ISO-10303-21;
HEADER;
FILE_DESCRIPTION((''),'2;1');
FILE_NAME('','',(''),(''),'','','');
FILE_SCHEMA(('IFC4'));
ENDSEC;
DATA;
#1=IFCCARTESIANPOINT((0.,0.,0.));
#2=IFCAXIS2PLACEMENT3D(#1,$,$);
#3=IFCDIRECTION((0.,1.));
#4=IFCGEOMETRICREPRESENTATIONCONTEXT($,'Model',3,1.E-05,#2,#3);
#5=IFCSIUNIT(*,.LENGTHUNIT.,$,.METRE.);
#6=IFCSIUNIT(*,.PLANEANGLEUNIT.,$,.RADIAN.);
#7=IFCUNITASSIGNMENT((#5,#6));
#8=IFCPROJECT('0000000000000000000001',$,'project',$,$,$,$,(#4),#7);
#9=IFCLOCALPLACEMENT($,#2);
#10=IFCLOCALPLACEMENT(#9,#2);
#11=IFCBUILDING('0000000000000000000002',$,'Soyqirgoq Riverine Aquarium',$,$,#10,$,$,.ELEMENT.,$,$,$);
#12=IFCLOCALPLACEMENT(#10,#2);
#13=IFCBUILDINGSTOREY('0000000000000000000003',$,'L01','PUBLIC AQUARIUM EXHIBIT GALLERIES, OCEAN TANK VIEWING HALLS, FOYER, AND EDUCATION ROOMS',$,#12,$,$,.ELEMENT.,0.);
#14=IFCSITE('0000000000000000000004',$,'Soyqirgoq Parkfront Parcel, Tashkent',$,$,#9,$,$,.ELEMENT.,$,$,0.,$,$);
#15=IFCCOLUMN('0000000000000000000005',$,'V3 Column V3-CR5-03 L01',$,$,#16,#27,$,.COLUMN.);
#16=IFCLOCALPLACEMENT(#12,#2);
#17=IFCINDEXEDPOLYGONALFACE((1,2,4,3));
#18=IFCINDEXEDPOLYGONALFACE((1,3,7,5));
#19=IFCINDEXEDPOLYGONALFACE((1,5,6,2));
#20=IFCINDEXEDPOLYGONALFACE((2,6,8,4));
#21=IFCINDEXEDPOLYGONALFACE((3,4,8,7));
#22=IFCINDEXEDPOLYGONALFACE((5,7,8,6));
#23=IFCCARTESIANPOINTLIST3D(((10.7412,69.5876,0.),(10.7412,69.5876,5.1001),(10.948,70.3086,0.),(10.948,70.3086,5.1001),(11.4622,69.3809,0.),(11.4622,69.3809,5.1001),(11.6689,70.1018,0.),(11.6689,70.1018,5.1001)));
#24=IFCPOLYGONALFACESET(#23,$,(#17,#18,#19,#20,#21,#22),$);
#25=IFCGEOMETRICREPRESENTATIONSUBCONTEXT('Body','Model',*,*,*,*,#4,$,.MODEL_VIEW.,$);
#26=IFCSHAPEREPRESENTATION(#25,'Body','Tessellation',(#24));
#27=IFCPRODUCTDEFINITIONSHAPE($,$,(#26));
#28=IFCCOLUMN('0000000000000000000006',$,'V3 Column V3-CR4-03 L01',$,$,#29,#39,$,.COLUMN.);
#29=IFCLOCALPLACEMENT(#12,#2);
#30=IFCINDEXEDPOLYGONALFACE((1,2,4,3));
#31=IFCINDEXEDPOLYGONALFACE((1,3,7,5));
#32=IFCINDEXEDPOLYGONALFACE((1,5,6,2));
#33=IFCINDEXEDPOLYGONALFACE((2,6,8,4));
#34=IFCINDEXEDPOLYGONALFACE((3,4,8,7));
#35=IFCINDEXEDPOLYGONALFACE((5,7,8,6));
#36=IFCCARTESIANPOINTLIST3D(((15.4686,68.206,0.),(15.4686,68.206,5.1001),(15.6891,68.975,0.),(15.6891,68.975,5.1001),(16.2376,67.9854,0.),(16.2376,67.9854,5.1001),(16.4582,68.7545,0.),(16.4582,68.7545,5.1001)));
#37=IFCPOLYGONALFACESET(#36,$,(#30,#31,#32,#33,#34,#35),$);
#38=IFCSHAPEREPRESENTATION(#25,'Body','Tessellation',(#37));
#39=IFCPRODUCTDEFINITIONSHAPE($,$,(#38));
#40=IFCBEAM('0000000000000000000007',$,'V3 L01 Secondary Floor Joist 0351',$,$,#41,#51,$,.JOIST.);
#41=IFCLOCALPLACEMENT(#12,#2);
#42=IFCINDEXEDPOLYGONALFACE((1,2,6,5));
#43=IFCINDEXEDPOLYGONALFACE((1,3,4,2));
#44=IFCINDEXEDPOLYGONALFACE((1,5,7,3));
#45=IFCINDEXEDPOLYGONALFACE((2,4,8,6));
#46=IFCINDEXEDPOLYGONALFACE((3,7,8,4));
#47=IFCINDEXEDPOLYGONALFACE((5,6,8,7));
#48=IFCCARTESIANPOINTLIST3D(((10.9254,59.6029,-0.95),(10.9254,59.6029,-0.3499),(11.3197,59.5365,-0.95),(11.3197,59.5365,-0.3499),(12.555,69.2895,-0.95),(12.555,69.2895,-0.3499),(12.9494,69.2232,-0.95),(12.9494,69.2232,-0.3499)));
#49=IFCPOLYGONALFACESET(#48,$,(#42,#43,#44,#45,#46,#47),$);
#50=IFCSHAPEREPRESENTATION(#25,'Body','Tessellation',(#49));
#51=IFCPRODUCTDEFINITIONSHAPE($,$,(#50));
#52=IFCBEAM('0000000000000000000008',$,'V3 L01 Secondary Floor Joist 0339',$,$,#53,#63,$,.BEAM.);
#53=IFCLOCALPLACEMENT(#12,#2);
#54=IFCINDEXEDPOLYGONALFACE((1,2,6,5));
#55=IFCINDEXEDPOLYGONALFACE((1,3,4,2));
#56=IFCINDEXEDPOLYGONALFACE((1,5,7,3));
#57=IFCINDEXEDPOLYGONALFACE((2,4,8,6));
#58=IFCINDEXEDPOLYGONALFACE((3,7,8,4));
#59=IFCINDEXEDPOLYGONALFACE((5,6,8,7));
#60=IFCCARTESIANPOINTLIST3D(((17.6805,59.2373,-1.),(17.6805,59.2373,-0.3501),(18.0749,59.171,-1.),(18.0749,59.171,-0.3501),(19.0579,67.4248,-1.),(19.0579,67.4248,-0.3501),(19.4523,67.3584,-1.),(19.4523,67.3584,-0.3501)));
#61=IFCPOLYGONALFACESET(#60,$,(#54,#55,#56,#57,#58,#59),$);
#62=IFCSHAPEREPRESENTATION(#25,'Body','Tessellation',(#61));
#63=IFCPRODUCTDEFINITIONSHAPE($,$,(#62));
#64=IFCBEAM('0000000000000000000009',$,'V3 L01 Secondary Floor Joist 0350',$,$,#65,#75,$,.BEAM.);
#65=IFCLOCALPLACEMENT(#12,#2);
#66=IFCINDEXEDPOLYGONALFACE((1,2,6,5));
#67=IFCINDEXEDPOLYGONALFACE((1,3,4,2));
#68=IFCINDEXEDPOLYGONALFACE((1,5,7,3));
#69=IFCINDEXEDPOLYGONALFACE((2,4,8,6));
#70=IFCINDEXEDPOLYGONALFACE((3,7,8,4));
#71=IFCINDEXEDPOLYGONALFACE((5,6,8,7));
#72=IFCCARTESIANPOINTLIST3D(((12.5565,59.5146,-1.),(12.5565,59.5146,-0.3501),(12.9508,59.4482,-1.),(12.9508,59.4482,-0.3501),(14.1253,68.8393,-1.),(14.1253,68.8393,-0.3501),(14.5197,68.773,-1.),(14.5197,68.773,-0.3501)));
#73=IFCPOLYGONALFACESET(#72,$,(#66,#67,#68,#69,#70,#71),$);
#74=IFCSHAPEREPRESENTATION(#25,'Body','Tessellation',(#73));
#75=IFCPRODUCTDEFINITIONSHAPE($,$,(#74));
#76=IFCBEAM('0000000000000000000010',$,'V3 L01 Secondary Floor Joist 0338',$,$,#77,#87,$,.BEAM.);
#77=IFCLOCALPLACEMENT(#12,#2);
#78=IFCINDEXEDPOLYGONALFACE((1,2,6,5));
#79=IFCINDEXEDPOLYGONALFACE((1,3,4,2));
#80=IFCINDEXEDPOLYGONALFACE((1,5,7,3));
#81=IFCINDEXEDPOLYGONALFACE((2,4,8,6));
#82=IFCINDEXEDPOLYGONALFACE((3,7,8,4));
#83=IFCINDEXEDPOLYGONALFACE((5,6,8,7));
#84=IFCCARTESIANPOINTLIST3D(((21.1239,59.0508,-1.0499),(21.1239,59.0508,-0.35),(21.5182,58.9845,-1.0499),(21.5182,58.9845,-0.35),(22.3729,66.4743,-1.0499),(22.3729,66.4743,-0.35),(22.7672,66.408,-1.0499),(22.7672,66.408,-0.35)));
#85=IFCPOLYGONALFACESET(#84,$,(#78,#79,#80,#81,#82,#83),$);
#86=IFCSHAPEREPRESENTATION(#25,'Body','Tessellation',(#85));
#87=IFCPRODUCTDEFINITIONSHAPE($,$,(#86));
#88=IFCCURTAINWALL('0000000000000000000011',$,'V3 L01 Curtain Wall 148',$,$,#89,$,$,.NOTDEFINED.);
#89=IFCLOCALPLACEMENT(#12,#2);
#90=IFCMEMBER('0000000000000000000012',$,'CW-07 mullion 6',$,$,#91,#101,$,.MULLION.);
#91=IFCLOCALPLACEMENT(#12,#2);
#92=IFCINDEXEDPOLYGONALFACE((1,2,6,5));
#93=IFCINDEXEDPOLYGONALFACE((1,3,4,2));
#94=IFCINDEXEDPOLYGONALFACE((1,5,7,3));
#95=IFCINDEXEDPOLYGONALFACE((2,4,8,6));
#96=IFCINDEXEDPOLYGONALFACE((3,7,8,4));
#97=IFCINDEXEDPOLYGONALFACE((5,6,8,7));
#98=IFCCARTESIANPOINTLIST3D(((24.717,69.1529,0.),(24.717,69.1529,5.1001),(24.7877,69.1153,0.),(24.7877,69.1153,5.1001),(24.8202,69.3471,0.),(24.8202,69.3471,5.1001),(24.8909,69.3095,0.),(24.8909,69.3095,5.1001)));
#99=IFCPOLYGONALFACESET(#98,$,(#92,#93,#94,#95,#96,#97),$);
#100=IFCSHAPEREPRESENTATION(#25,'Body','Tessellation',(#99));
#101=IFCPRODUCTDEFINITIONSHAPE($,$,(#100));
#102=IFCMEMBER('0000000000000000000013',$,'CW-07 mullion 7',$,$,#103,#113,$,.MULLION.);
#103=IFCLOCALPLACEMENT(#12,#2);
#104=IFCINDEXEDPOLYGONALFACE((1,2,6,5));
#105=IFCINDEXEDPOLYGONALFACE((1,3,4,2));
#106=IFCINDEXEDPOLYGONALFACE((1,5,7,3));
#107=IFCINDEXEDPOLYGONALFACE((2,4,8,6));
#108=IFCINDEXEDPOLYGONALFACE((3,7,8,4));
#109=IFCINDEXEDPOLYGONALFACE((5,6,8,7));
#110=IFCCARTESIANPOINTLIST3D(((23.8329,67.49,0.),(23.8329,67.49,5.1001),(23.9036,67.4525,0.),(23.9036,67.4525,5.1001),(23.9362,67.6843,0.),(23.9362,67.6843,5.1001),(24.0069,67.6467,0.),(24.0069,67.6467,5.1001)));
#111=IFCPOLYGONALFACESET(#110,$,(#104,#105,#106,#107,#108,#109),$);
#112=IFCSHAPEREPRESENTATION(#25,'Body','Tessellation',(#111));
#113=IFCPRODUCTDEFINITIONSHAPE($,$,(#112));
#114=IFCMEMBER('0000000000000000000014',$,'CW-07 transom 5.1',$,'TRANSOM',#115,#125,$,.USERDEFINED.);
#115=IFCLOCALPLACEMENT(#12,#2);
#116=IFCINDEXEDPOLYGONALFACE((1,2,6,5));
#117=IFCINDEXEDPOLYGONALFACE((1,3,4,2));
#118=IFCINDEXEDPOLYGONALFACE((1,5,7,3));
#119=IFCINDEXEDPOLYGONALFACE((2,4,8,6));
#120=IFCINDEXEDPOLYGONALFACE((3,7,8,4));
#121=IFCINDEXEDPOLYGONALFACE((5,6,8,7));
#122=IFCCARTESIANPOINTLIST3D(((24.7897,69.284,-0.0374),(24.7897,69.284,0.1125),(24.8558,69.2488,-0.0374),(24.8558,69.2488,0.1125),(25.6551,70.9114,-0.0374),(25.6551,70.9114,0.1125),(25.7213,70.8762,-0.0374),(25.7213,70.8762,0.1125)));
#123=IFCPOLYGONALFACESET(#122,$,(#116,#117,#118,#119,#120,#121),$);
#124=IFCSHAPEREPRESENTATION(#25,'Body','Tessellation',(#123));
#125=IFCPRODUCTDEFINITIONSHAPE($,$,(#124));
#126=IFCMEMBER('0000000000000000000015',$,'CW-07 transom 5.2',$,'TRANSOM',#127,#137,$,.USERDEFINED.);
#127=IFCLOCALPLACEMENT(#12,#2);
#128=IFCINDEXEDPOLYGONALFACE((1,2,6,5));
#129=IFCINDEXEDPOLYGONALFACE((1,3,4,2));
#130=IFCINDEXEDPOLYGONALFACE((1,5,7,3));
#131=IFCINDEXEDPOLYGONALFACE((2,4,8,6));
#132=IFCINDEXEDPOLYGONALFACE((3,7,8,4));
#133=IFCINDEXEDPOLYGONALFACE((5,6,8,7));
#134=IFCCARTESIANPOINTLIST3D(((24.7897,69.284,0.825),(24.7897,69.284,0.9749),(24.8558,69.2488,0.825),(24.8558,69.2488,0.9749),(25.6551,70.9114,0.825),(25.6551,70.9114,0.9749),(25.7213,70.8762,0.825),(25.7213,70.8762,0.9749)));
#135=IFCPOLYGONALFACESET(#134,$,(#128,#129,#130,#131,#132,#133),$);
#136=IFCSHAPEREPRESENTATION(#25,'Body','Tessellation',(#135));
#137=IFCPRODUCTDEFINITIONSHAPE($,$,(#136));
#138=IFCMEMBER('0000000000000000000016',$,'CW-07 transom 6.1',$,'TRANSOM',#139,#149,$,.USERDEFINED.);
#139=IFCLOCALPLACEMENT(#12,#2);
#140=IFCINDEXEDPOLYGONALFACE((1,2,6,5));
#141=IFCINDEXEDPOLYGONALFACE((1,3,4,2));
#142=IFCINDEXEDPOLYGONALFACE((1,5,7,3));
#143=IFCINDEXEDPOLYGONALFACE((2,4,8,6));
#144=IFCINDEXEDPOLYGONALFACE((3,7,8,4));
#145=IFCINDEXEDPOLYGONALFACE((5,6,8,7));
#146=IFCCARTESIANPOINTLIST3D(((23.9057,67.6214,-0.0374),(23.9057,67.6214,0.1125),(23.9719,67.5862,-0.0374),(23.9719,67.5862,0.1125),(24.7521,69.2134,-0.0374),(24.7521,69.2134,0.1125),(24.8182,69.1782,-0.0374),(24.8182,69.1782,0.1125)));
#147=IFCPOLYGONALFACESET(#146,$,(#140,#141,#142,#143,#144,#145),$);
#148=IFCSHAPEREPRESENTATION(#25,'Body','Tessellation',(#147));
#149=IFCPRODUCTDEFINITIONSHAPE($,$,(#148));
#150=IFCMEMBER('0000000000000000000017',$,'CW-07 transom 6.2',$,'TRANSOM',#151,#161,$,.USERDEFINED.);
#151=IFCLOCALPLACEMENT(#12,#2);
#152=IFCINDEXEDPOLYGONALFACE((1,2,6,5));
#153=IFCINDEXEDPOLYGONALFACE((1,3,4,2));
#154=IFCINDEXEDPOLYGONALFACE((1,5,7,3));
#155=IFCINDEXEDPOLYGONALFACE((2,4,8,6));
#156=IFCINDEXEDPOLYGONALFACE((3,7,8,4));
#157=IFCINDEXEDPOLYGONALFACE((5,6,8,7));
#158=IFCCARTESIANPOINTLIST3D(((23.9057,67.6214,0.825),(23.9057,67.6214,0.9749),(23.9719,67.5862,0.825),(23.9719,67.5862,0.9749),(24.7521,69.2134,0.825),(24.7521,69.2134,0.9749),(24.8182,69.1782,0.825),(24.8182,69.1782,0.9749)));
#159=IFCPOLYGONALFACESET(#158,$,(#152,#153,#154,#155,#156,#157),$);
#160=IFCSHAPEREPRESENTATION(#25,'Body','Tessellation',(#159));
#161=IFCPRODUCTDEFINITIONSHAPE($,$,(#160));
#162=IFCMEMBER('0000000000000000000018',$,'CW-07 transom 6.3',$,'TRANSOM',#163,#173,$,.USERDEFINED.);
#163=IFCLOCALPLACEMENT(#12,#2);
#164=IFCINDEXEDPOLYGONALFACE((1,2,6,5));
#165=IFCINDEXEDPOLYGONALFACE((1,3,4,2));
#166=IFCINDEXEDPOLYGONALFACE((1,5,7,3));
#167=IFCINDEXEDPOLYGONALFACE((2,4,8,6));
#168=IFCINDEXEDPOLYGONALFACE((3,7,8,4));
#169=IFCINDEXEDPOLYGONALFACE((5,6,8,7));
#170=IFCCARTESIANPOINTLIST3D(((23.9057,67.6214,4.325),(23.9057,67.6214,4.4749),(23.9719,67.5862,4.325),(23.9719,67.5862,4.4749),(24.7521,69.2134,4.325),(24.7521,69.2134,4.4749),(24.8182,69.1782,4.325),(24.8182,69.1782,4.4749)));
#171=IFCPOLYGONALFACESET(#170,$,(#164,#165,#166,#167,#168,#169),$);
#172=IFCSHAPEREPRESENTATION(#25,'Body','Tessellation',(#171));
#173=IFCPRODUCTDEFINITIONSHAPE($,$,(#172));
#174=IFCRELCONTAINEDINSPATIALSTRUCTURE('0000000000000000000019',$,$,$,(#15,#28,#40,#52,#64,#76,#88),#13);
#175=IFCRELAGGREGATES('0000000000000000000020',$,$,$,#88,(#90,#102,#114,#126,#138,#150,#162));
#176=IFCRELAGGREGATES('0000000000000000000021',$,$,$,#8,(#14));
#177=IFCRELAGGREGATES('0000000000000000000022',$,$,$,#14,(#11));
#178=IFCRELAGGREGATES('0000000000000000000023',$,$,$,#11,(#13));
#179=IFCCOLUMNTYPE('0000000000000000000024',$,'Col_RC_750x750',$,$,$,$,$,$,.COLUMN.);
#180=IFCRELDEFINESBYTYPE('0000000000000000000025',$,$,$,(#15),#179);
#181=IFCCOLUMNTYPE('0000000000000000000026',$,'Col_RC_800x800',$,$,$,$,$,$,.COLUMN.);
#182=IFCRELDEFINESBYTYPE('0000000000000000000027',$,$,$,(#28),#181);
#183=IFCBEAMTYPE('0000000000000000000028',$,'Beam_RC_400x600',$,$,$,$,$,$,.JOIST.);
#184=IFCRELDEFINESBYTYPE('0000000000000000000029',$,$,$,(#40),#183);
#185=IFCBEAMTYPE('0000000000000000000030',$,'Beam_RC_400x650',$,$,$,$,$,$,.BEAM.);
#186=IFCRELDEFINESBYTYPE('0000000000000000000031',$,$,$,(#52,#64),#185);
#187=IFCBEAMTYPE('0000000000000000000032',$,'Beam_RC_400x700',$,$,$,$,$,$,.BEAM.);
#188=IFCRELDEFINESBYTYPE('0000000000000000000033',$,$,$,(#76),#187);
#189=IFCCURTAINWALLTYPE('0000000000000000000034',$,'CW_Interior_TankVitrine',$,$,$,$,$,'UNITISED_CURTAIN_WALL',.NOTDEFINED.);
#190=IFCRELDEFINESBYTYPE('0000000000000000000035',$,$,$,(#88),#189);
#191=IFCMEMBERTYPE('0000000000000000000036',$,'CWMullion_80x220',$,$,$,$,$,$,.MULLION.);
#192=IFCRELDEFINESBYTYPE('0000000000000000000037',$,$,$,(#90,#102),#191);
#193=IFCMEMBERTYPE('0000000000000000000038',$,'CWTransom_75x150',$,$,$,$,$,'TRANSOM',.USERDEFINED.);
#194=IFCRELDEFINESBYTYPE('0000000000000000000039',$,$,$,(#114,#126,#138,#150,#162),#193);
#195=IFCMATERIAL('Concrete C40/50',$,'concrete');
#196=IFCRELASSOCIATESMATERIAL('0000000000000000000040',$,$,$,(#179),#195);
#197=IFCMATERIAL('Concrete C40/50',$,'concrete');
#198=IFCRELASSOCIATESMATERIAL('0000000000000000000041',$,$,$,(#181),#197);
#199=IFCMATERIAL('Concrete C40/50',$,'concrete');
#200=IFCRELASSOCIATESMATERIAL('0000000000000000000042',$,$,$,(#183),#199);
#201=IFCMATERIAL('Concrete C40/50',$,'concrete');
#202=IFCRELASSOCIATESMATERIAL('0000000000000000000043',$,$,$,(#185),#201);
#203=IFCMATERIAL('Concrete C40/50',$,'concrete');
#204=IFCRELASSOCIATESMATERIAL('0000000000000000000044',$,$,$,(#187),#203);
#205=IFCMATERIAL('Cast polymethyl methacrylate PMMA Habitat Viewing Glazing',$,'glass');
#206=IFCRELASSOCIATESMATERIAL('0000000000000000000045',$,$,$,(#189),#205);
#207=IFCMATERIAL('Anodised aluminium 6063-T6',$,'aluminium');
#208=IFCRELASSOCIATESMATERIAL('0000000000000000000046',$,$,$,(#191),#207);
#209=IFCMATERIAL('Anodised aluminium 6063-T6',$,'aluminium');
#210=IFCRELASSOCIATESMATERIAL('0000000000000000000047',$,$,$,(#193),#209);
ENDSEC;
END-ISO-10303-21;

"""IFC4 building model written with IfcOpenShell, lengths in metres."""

from ifc_helpers import new_model, si_unit, direction, frame, origin, origin_2d, place, context, subcontext, project, spatial, rectangle, extrude, material, material_profile, profile_set, type_object, element, aggregate, save


model = new_model("IFC4")

# Units and contexts
model_context = context("Model", 3, precision=1e-05, world=origin(), true_north=direction((0.0, 1.0)))
body_context = subcontext(model_context, "Body", "Model", "MODEL_VIEW")
ifc_project = project(units=[si_unit("LENGTHUNIT", "METRE"), si_unit("PLANEANGLEUNIT", "RADIAN")], contexts=[model_context])

# Site, building, storey
site_placement = place(None, origin())
site = spatial("IfcSite", under=ifc_project, at=site_placement, Name="Soyqirgoq Parkfront Parcel, Tashkent", CompositionType="ELEMENT", RefElevation=0.0)
building_placement = place(site_placement, origin())
building = spatial("IfcBuilding", under=site, at=building_placement, Name="Soyqirgoq Riverine Aquarium", CompositionType="ELEMENT")
storey_placement = place(building_placement, origin())
storey = spatial("IfcBuildingStorey", under=building, at=storey_placement, Name="L01", Description="PUBLIC AQUARIUM EXHIBIT GALLERIES, OCEAN TANK VIEWING HALLS, FOYER, AND EDUCATION ROOMS", CompositionType="ELEMENT", Elevation=0.0)

# Columns
ifc_material_1 = material(Name="Concrete C40/50", Category="concrete")
ifc_material_profile_1 = material_profile(ifc_material_1, rectangle(XDim=0.75, YDim=0.75, at=origin_2d()), Name="RC 750x750")
ifc_profile_set_1 = profile_set([ifc_material_profile_1], Name="Concrete C40/50")
column_type_1 = type_object("IfcColumnType", Name="Col_RC_750x750", PredefinedType="COLUMN", material=ifc_profile_set_1)
column_1_placement = place(storey_placement, frame((11.2051, 69.8447, 0.0), z_axis=(0.0, 0.0, 1.0), x_axis=(-0.961262, 0.275637, 0.0)))
element("IfcColumn", 1, at=column_1_placement, inside=storey, type_object=column_type_1, Name="V3 Column V3-CR5-03 L01", PredefinedType="COLUMN", context=body_context, shape_type="SweptSolid", body=[
    extrude(rectangle(XDim=0.75, YDim=0.75, at=origin_2d()), origin(), (0.0, 0.0, 1.0), 5.1001),
])
ifc_material_2 = material(Name="Concrete C40/50", Category="concrete")
ifc_material_profile_2 = material_profile(ifc_material_2, rectangle(XDim=0.8, YDim=0.8, at=origin_2d()), Name="RC 800x800")
ifc_profile_set_2 = profile_set([ifc_material_profile_2], Name="Concrete C40/50")
column_type_2 = type_object("IfcColumnType", Name="Col_RC_800x800", PredefinedType="COLUMN", material=ifc_profile_set_2)
column_2_placement = place(storey_placement, frame((15.9634, 68.4802, 0.0), z_axis=(0.0, 0.0, 1.0), x_axis=(-0.961262, 0.275637, 0.0)))
element("IfcColumn", 2, at=column_2_placement, inside=storey, type_object=column_type_2, Name="V3 Column V3-CR4-03 L01", PredefinedType="COLUMN", context=body_context, shape_type="SweptSolid", body=[
    extrude(rectangle(XDim=0.8, YDim=0.8, at=origin_2d()), origin(), (0.0, 0.0, 1.0), 5.1001),
])

# Beams
ifc_material_3 = material(Name="Concrete C40/50", Category="concrete")
ifc_material_profile_3 = material_profile(ifc_material_3, rectangle(XDim=0.3999, YDim=0.6001, at=origin_2d()), Name="RC 400x600")
ifc_profile_set_3 = profile_set([ifc_material_profile_3], Name="Concrete C40/50")
beam_type_1 = type_object("IfcBeamType", Name="Beam_RC_400x600", PredefinedType="JOIST", material=ifc_profile_set_3)
beam_1_placement = place(storey_placement, frame((12.7522, 69.2563, -0.6499), z_axis=(-0.165906, -0.986142, 0.0), x_axis=(0.986142, -0.165906, 0.0)))
element("IfcBeam", 3, at=beam_1_placement, inside=storey, type_object=beam_type_1, Name="V3 L01 Secondary Floor Joist 0351", PredefinedType="JOIST", context=body_context, shape_type="SweptSolid", body=[
    extrude(rectangle(XDim=0.3999, YDim=0.6001, at=origin_2d()), origin(), (0.0, 0.0, 1.0), 9.8228),
])
ifc_material_4 = material(Name="Concrete C40/50", Category="concrete")
ifc_material_profile_4 = material_profile(ifc_material_4, rectangle(XDim=0.3999, YDim=0.6499, at=origin_2d()), Name="RC 400x650")
ifc_profile_set_4 = profile_set([ifc_material_profile_4], Name="Concrete C40/50")
beam_type_2 = type_object("IfcBeamType", Name="Beam_RC_400x650", PredefinedType="BEAM", material=ifc_profile_set_4)
beam_2_placement = place(storey_placement, frame((19.2551, 67.3916, -0.675), z_axis=(-0.165906, -0.986142, 0.0), x_axis=(0.986142, -0.165906, 0.0)))
element("IfcBeam", 4, at=beam_2_placement, inside=storey, type_object=beam_type_2, Name="V3 L01 Secondary Floor Joist 0339", PredefinedType="BEAM", context=body_context, shape_type="SweptSolid", body=[
    extrude(rectangle(XDim=0.3999, YDim=0.6499, at=origin_2d()), origin(), (0.0, 0.0, 1.0), 8.3025),
])
beam_3_placement = place(storey_placement, frame((14.3225, 68.8062, -0.675), z_axis=(-0.165914, -0.98614, 0.0), x_axis=(0.98614, -0.165914, 0.0)))
element("IfcBeam", 5, at=beam_3_placement, inside=storey, type_object=beam_type_2, Name="V3 L01 Secondary Floor Joist 0350", PredefinedType="BEAM", context=body_context, shape_type="SweptSolid", body=[
    extrude(rectangle(XDim=0.3999, YDim=0.6499, at=origin_2d()), origin(), (0.0, 0.0, 1.0), 9.4558),
])
ifc_material_5 = material(Name="Concrete C40/50", Category="concrete")
ifc_material_profile_5 = material_profile(ifc_material_5, rectangle(XDim=0.3999, YDim=0.7, at=origin_2d()), Name="RC 400x700")
ifc_profile_set_5 = profile_set([ifc_material_profile_5], Name="Concrete C40/50")
beam_type_3 = type_object("IfcBeamType", Name="Beam_RC_400x700", PredefinedType="BEAM", material=ifc_profile_set_5)
beam_4_placement = place(storey_placement, frame((22.5701, 66.4412, -0.7), z_axis=(-0.165919, -0.986139, 0.0), x_axis=(0.986139, -0.165919, 0.0)))
element("IfcBeam", 6, at=beam_4_placement, inside=storey, type_object=beam_type_3, Name="V3 L01 Secondary Floor Joist 0338", PredefinedType="BEAM", context=body_context, shape_type="SweptSolid", body=[
    extrude(rectangle(XDim=0.3999, YDim=0.7, at=origin_2d()), origin(), (0.0, 0.0, 1.0), 7.5278),
])

# Curtain wall, members
ifc_material_6 = material(Name="Cast polymethyl methacrylate PMMA Habitat Viewing Glazing", Category="glass")
curtain_wall_type = type_object("IfcCurtainWallType", Name="CW_Interior_TankVitrine", ElementType="UNITISED_CURTAIN_WALL", PredefinedType="NOTDEFINED", material=ifc_material_6)
curtain_wall_placement = place(storey_placement, origin())
curtain_wall = element("IfcCurtainWall", 7, at=curtain_wall_placement, inside=storey, type_object=curtain_wall_type, Name="V3 L01 Curtain Wall 148", PredefinedType="NOTDEFINED")
ifc_material_7 = material(Name="Anodised aluminium 6063-T6", Category="aluminium")
ifc_material_profile_6 = material_profile(ifc_material_7, rectangle(XDim=0.0801, YDim=0.22, at=origin_2d()), Name="ALU-M 80x220")
ifc_profile_set_6 = profile_set([ifc_material_profile_6], Name="Anodised aluminium 6063-T6")
member_type_1 = type_object("IfcMemberType", Name="CWMullion_80x220", PredefinedType="MULLION", material=ifc_profile_set_6)
member_1_placement = place(storey_placement, frame((24.804, 69.2312, 0.0), z_axis=(0.0, 0.0, 1.0), x_axis=(0.882946, -0.469475, 0.0)))
member_1 = element("IfcMember", 8, at=member_1_placement, type_object=member_type_1, Name="CW-07 mullion 6", PredefinedType="MULLION", context=body_context, shape_type="SweptSolid", body=[
    extrude(rectangle(XDim=0.0801, YDim=0.22, at=origin_2d()), origin(), (0.0, 0.0, 1.0), 5.1001),
])
member_2_placement = place(storey_placement, frame((23.9199, 67.5684, 0.0), z_axis=(0.0, 0.0, 1.0), x_axis=(0.882946, -0.469475, 0.0)))
member_2 = element("IfcMember", 9, at=member_2_placement, type_object=member_type_1, Name="CW-07 mullion 7", PredefinedType="MULLION", context=body_context, shape_type="SweptSolid", body=[
    extrude(rectangle(XDim=0.0801, YDim=0.22, at=origin_2d()), origin(), (0.0, 0.0, 1.0), 5.1001),
])
ifc_material_8 = material(Name="Anodised aluminium 6063-T6", Category="aluminium")
ifc_material_profile_7 = material_profile(ifc_material_8, rectangle(XDim=0.075, YDim=0.1499, at=origin_2d()), Name="ALU-T 75x150")
ifc_profile_set_7 = profile_set([ifc_material_profile_7], Name="Anodised aluminium 6063-T6")
member_type_2 = type_object("IfcMemberType", Name="CWTransom_75x150", ElementType="TRANSOM", PredefinedType="USERDEFINED", material=ifc_profile_set_7)
member_3_placement = place(storey_placement, frame((25.6882, 70.8938, 0.0376), z_axis=(-0.469536, -0.882913, 0.0), x_axis=(0.882913, -0.469536, 0.0)))
member_3 = element("IfcMember", 10, at=member_3_placement, type_object=member_type_2, Name="CW-07 transom 5.1", ObjectType="TRANSOM", PredefinedType="USERDEFINED", context=body_context, shape_type="SweptSolid", body=[
    extrude(rectangle(XDim=0.075, YDim=0.1499, at=origin_2d()), origin(), (0.0, 0.0, 1.0), 1.8433),
])
member_4_placement = place(storey_placement, frame((25.6882, 70.8938, 0.8999), z_axis=(-0.469536, -0.882913, 0.0), x_axis=(0.882913, -0.469536, 0.0)))
member_4 = element("IfcMember", 11, at=member_4_placement, type_object=member_type_2, Name="CW-07 transom 5.2", ObjectType="TRANSOM", PredefinedType="USERDEFINED", context=body_context, shape_type="SweptSolid", body=[
    extrude(rectangle(XDim=0.075, YDim=0.1499, at=origin_2d()), origin(), (0.0, 0.0, 1.0), 1.8433),
])
member_5_placement = place(storey_placement, frame((24.7852, 69.1958, 0.0376), z_axis=(-0.469442, -0.882963, 0.0), x_axis=(0.882963, -0.469442, 0.0)))
member_5 = element("IfcMember", 12, at=member_5_placement, type_object=member_type_2, Name="CW-07 transom 6.1", ObjectType="TRANSOM", PredefinedType="USERDEFINED", context=body_context, shape_type="SweptSolid", body=[
    extrude(rectangle(XDim=0.075, YDim=0.1499, at=origin_2d()), origin(), (0.0, 0.0, 1.0), 1.803),
])
member_6_placement = place(storey_placement, frame((24.7852, 69.1958, 0.8999), z_axis=(-0.469442, -0.882963, 0.0), x_axis=(0.882963, -0.469442, 0.0)))
member_6 = element("IfcMember", 13, at=member_6_placement, type_object=member_type_2, Name="CW-07 transom 6.2", ObjectType="TRANSOM", PredefinedType="USERDEFINED", context=body_context, shape_type="SweptSolid", body=[
    extrude(rectangle(XDim=0.075, YDim=0.1499, at=origin_2d()), origin(), (0.0, 0.0, 1.0), 1.803),
])
member_7_placement = place(storey_placement, frame((24.7852, 69.1958, 4.3999), z_axis=(-0.469442, -0.882963, 0.0), x_axis=(0.882963, -0.469442, 0.0)))
member_7 = element("IfcMember", 14, at=member_7_placement, type_object=member_type_2, Name="CW-07 transom 6.3", ObjectType="TRANSOM", PredefinedType="USERDEFINED", context=body_context, shape_type="SweptSolid", body=[
    extrude(rectangle(XDim=0.075, YDim=0.1499, at=origin_2d()), origin(), (0.0, 0.0, 1.0), 1.803),
])

aggregate(curtain_wall, [member_1, member_2, member_3, member_4, member_5, member_6, member_7])

save(model, "model.ifc")
